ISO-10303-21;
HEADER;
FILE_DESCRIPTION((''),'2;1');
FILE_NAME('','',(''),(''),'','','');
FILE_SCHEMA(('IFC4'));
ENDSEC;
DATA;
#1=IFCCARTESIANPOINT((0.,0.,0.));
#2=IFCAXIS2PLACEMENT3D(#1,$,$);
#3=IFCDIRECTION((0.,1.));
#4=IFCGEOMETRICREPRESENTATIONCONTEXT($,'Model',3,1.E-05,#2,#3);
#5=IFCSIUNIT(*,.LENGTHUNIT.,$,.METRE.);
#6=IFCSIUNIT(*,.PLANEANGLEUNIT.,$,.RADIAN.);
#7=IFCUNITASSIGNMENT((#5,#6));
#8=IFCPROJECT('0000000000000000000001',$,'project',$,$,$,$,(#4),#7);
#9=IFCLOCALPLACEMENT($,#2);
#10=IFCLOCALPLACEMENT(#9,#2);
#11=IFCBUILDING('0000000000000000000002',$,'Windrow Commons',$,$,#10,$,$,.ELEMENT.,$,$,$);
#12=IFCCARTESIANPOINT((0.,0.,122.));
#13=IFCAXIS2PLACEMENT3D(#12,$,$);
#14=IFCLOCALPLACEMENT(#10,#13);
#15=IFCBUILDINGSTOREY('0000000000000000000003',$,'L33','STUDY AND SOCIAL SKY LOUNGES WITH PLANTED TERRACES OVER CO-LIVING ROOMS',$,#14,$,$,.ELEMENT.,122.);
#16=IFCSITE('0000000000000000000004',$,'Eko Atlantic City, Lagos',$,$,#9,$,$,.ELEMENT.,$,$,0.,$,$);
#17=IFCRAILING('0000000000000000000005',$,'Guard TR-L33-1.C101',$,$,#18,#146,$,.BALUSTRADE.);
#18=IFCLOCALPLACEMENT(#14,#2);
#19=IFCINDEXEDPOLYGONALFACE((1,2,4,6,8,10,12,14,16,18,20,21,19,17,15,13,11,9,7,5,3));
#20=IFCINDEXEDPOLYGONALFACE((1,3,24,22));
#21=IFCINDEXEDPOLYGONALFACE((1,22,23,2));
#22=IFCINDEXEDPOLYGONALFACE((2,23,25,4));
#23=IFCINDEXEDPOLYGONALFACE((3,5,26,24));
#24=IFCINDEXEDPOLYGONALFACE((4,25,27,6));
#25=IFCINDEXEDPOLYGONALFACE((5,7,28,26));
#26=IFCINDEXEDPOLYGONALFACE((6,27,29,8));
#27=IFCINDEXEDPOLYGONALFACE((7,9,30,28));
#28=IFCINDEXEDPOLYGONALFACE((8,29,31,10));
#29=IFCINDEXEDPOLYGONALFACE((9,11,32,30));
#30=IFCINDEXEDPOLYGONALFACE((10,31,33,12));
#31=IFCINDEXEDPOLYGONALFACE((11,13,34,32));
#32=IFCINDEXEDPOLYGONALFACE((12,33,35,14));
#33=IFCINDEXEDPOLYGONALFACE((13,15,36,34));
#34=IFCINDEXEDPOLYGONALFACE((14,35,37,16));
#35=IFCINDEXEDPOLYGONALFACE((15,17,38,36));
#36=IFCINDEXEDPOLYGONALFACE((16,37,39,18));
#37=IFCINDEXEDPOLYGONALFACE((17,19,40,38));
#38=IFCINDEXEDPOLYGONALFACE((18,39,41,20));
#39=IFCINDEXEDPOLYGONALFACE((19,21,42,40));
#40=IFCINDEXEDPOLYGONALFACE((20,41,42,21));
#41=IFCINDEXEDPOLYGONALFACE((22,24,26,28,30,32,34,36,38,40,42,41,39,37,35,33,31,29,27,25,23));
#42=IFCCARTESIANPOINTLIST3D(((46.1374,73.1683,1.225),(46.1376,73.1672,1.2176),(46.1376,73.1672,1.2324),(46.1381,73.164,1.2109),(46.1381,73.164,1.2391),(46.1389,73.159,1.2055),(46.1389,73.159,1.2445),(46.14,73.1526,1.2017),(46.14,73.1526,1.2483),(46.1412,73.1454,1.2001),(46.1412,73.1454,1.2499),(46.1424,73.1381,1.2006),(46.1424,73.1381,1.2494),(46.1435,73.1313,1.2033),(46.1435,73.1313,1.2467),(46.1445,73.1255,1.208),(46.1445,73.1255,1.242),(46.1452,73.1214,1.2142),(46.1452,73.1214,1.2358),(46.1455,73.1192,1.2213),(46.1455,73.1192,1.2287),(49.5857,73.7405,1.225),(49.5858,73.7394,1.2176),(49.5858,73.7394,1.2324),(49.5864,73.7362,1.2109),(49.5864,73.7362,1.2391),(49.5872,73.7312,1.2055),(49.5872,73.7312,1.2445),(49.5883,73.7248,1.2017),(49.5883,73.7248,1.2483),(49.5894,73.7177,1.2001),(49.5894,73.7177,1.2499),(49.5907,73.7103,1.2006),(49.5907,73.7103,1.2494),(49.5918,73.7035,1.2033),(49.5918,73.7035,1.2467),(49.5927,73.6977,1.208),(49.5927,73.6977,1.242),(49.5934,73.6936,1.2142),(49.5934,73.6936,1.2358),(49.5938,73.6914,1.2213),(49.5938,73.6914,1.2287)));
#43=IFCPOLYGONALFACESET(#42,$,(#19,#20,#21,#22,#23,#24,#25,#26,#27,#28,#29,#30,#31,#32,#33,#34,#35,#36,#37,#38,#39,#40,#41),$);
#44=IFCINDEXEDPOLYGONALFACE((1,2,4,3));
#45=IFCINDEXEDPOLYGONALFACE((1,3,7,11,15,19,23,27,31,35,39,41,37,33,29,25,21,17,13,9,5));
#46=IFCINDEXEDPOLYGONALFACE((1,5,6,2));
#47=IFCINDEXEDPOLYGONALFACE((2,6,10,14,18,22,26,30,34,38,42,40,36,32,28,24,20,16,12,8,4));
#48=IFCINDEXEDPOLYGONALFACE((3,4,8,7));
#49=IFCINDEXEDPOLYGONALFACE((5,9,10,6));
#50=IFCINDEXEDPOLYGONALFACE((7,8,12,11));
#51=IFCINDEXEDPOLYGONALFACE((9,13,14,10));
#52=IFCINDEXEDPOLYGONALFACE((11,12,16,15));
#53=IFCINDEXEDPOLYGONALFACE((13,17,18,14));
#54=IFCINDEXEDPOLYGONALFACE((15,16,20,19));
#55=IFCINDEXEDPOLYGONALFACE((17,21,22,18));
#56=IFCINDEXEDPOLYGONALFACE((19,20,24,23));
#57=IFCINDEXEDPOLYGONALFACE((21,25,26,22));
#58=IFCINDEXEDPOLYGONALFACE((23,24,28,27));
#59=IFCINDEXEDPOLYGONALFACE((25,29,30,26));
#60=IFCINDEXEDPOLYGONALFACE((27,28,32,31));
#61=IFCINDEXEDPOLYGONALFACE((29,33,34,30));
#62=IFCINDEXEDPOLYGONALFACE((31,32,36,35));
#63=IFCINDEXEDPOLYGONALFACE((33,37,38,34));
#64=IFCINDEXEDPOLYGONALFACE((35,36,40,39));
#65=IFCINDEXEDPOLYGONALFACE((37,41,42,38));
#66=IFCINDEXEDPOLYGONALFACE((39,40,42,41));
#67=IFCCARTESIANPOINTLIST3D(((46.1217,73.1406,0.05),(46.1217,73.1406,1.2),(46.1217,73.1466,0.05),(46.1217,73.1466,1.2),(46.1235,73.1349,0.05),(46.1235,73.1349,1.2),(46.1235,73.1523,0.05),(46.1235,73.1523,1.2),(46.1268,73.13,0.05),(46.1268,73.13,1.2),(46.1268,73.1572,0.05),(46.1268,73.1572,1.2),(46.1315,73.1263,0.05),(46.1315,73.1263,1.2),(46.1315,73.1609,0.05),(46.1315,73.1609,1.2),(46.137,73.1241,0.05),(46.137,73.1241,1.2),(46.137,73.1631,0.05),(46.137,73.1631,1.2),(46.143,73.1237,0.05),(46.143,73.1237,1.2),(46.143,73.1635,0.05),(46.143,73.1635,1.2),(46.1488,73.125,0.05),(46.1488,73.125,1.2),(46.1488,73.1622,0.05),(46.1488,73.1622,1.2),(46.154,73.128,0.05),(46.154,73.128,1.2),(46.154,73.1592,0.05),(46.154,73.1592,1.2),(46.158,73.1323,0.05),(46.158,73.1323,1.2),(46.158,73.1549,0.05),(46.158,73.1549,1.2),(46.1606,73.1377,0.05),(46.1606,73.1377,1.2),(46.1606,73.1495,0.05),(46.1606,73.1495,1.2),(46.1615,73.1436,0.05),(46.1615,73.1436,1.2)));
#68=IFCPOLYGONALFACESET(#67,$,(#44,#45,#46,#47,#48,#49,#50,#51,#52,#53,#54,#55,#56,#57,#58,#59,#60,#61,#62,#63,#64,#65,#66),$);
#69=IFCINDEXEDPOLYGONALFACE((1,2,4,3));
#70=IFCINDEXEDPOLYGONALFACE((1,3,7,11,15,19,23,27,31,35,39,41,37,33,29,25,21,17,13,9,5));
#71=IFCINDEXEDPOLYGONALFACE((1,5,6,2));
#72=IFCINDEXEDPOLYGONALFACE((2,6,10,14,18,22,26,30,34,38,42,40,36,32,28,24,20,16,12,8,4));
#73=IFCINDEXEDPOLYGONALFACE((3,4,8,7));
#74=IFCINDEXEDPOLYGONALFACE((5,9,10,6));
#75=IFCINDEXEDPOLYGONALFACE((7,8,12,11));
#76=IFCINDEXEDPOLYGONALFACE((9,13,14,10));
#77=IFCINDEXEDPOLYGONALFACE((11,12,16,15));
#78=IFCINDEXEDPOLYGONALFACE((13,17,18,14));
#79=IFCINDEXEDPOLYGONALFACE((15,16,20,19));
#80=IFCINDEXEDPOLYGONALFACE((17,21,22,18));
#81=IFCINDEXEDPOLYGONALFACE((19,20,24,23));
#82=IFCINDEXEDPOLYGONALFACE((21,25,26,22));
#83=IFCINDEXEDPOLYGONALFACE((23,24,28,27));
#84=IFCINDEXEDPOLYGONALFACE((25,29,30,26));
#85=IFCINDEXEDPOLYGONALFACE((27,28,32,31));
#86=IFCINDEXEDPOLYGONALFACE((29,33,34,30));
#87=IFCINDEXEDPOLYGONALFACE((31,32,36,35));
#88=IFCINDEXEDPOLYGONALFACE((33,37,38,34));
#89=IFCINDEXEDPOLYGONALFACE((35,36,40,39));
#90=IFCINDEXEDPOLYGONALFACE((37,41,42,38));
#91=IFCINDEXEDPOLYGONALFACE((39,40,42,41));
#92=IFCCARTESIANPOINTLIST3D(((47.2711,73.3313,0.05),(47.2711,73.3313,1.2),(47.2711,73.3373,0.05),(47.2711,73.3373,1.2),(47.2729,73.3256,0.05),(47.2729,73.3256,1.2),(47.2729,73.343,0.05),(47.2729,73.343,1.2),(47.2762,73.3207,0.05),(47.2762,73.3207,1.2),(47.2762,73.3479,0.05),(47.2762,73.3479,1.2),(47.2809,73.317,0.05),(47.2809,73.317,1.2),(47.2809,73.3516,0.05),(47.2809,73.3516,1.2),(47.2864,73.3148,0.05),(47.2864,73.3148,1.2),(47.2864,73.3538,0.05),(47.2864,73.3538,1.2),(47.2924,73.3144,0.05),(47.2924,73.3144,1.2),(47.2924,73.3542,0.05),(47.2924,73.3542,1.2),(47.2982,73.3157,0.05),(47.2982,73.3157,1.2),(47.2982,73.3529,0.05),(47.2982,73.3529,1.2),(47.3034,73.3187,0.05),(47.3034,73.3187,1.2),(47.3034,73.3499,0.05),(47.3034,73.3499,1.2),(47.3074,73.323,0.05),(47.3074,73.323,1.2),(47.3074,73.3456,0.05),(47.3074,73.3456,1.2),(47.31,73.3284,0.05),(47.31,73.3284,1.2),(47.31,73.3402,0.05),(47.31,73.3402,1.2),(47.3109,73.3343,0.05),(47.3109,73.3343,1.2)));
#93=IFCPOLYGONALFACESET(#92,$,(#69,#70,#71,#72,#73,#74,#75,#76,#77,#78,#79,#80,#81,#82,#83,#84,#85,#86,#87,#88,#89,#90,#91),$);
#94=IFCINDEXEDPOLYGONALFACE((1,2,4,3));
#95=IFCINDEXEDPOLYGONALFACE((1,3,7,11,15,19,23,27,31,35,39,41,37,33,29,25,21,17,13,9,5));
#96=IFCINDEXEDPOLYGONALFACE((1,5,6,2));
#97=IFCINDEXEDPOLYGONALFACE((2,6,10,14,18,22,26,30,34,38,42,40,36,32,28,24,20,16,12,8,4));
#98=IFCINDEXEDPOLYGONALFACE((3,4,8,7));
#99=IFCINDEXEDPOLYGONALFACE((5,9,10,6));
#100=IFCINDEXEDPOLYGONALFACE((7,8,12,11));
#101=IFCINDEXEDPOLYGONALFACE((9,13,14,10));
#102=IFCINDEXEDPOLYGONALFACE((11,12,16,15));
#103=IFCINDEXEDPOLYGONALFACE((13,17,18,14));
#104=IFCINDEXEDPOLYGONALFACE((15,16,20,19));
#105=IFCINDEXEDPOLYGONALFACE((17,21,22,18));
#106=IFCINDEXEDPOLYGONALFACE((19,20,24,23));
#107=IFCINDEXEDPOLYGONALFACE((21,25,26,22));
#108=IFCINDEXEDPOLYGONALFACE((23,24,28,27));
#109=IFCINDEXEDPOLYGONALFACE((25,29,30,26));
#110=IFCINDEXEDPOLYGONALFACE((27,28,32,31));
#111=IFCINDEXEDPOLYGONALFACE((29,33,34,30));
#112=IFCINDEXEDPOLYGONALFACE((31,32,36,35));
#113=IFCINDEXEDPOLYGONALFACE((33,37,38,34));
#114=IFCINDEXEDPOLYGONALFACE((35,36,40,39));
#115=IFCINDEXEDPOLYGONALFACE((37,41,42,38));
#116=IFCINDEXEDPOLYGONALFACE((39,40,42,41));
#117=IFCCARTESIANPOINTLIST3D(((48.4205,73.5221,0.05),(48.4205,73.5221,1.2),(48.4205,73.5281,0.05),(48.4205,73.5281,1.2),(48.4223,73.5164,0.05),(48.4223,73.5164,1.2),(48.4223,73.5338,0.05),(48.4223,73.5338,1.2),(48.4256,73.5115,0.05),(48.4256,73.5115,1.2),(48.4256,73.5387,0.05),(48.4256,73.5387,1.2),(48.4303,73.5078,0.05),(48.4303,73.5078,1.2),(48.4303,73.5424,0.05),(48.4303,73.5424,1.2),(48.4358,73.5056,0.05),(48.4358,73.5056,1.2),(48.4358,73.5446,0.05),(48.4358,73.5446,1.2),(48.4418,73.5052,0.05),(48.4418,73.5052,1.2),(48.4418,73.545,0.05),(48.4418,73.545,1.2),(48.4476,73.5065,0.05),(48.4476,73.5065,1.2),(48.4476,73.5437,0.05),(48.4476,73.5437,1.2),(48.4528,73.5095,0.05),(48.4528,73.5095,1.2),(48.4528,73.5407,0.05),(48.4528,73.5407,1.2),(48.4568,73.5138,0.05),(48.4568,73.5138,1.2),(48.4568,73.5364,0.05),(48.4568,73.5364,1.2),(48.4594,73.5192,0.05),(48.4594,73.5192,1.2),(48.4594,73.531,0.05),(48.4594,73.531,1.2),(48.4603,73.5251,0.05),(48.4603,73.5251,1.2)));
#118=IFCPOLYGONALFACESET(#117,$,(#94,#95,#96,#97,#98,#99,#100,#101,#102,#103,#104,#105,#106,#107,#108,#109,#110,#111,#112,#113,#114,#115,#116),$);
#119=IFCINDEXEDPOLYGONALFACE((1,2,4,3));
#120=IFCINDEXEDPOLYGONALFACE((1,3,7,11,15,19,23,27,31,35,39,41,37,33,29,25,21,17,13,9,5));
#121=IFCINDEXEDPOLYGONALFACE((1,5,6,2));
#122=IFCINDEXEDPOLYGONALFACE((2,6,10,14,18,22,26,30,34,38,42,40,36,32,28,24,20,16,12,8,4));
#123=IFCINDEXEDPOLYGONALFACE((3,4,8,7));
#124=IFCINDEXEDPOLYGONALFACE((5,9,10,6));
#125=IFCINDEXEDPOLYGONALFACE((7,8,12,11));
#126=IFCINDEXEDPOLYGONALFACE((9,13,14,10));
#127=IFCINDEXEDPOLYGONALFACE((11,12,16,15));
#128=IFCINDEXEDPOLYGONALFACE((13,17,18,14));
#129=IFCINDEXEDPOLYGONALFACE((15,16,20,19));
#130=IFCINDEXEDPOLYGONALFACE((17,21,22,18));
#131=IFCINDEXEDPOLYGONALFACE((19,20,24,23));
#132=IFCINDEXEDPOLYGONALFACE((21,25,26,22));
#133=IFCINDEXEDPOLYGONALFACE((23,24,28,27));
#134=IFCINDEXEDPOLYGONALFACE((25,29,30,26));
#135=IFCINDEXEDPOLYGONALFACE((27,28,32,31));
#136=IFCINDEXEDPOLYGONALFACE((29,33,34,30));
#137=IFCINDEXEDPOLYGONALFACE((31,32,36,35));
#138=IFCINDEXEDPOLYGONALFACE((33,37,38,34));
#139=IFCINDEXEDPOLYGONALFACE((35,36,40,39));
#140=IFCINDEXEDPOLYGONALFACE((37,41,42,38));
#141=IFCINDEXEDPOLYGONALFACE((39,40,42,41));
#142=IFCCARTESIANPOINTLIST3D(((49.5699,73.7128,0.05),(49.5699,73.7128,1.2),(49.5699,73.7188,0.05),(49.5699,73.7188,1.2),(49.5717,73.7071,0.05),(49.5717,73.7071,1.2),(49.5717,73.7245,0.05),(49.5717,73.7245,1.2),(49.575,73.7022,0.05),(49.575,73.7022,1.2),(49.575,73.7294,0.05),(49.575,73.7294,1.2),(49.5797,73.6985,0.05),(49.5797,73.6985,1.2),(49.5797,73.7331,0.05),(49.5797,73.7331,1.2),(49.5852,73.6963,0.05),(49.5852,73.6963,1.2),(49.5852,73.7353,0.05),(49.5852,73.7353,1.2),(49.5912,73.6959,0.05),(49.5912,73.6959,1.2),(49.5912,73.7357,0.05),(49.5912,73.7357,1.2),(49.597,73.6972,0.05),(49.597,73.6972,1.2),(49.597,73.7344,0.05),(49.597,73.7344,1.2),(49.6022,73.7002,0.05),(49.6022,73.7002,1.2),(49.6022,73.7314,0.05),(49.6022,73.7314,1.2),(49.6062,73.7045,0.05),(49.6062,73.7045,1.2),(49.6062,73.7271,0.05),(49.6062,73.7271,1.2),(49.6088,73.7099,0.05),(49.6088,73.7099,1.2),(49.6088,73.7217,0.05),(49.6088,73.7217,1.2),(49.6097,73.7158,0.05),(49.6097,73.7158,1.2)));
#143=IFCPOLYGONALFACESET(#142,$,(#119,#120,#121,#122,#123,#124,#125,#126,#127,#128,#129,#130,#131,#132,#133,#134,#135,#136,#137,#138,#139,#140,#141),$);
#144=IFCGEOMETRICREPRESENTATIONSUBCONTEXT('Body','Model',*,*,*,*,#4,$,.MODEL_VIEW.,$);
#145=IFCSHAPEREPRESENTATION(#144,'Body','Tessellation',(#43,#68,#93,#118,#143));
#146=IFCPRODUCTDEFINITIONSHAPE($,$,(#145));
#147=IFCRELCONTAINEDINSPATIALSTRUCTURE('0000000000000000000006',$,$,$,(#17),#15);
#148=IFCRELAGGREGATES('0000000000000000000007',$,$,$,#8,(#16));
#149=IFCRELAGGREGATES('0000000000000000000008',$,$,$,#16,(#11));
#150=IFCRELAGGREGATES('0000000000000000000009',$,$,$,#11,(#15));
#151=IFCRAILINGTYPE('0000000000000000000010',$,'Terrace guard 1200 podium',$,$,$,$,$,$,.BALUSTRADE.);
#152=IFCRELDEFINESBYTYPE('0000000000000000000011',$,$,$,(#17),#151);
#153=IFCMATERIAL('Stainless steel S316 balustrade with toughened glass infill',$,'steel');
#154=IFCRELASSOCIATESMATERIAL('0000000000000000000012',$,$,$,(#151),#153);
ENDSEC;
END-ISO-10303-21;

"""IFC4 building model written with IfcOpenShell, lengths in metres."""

from ifc_helpers import new_model, si_unit, direction, frame, origin, origin_2d, place, context, subcontext, project, spatial, circle, extrude, material, type_object, element, save


model = new_model("IFC4")

# Units and contexts
model_context = context("Model", 3, precision=1e-05, world=origin(), true_north=direction((0.0, 1.0)))
body_context = subcontext(model_context, "Body", "Model", "MODEL_VIEW")
ifc_project = project(units=[si_unit("LENGTHUNIT", "METRE"), si_unit("PLANEANGLEUNIT", "RADIAN")], contexts=[model_context])

# Site, building, storey
site_placement = place(None, origin())
site = spatial("IfcSite", under=ifc_project, at=site_placement, Name="Eko Atlantic City, Lagos", CompositionType="ELEMENT", RefElevation=0.0)
building_placement = place(site_placement, origin())
building = spatial("IfcBuilding", under=site, at=building_placement, Name="Windrow Commons", CompositionType="ELEMENT")
storey_placement = place(building_placement, frame((0.0, 0.0, 122.0)))
storey = spatial("IfcBuildingStorey", under=building, at=storey_placement, Name="L33", Description="STUDY AND SOCIAL SKY LOUNGES WITH PLANTED TERRACES OVER CO-LIVING ROOMS", CompositionType="ELEMENT", Elevation=122.0)

# Railing
ifc_material_1 = material(Name="Stainless steel S316 balustrade with toughened glass infill", Category="steel")
railing_type = type_object("IfcRailingType", Name="Terrace guard 1200 podium", PredefinedType="BALUSTRADE", material=ifc_material_1)
railing_1_placement = place(storey_placement, frame((46.1415, 73.1436, 0.05)))
element("IfcRailing", 1, at=railing_1_placement, inside=storey, type_object=railing_type, Name="Guard TR-L33-1.C101", PredefinedType="BALUSTRADE", context=body_context, shape_type="SweptSolid", body=[
    extrude(circle(Radius=0.025, at=origin_2d()), frame((0.0, 0.0, 1.175), z_axis=(0.98651, 0.163703, 0.0), x_axis=(-0.163703, 0.98651, 0.0)), (0.0, 0.0, 1.0), 3.4954),
    extrude(circle(Radius=0.02, at=origin_2d()), origin(), (0.0, 0.0, 1.0), 1.15),
    extrude(circle(Radius=0.02, at=origin_2d()), frame((1.1494, 0.1907, 0.0)), (0.0, 0.0, 1.0), 1.15),
    extrude(circle(Radius=0.02, at=origin_2d()), frame((2.2988, 0.3815, 0.0)), (0.0, 0.0, 1.0), 1.15),
    extrude(circle(Radius=0.02, at=origin_2d()), frame((3.4482, 0.5722, 0.0)), (0.0, 0.0, 1.0), 1.15),
])

save(model, "model.ifc")
